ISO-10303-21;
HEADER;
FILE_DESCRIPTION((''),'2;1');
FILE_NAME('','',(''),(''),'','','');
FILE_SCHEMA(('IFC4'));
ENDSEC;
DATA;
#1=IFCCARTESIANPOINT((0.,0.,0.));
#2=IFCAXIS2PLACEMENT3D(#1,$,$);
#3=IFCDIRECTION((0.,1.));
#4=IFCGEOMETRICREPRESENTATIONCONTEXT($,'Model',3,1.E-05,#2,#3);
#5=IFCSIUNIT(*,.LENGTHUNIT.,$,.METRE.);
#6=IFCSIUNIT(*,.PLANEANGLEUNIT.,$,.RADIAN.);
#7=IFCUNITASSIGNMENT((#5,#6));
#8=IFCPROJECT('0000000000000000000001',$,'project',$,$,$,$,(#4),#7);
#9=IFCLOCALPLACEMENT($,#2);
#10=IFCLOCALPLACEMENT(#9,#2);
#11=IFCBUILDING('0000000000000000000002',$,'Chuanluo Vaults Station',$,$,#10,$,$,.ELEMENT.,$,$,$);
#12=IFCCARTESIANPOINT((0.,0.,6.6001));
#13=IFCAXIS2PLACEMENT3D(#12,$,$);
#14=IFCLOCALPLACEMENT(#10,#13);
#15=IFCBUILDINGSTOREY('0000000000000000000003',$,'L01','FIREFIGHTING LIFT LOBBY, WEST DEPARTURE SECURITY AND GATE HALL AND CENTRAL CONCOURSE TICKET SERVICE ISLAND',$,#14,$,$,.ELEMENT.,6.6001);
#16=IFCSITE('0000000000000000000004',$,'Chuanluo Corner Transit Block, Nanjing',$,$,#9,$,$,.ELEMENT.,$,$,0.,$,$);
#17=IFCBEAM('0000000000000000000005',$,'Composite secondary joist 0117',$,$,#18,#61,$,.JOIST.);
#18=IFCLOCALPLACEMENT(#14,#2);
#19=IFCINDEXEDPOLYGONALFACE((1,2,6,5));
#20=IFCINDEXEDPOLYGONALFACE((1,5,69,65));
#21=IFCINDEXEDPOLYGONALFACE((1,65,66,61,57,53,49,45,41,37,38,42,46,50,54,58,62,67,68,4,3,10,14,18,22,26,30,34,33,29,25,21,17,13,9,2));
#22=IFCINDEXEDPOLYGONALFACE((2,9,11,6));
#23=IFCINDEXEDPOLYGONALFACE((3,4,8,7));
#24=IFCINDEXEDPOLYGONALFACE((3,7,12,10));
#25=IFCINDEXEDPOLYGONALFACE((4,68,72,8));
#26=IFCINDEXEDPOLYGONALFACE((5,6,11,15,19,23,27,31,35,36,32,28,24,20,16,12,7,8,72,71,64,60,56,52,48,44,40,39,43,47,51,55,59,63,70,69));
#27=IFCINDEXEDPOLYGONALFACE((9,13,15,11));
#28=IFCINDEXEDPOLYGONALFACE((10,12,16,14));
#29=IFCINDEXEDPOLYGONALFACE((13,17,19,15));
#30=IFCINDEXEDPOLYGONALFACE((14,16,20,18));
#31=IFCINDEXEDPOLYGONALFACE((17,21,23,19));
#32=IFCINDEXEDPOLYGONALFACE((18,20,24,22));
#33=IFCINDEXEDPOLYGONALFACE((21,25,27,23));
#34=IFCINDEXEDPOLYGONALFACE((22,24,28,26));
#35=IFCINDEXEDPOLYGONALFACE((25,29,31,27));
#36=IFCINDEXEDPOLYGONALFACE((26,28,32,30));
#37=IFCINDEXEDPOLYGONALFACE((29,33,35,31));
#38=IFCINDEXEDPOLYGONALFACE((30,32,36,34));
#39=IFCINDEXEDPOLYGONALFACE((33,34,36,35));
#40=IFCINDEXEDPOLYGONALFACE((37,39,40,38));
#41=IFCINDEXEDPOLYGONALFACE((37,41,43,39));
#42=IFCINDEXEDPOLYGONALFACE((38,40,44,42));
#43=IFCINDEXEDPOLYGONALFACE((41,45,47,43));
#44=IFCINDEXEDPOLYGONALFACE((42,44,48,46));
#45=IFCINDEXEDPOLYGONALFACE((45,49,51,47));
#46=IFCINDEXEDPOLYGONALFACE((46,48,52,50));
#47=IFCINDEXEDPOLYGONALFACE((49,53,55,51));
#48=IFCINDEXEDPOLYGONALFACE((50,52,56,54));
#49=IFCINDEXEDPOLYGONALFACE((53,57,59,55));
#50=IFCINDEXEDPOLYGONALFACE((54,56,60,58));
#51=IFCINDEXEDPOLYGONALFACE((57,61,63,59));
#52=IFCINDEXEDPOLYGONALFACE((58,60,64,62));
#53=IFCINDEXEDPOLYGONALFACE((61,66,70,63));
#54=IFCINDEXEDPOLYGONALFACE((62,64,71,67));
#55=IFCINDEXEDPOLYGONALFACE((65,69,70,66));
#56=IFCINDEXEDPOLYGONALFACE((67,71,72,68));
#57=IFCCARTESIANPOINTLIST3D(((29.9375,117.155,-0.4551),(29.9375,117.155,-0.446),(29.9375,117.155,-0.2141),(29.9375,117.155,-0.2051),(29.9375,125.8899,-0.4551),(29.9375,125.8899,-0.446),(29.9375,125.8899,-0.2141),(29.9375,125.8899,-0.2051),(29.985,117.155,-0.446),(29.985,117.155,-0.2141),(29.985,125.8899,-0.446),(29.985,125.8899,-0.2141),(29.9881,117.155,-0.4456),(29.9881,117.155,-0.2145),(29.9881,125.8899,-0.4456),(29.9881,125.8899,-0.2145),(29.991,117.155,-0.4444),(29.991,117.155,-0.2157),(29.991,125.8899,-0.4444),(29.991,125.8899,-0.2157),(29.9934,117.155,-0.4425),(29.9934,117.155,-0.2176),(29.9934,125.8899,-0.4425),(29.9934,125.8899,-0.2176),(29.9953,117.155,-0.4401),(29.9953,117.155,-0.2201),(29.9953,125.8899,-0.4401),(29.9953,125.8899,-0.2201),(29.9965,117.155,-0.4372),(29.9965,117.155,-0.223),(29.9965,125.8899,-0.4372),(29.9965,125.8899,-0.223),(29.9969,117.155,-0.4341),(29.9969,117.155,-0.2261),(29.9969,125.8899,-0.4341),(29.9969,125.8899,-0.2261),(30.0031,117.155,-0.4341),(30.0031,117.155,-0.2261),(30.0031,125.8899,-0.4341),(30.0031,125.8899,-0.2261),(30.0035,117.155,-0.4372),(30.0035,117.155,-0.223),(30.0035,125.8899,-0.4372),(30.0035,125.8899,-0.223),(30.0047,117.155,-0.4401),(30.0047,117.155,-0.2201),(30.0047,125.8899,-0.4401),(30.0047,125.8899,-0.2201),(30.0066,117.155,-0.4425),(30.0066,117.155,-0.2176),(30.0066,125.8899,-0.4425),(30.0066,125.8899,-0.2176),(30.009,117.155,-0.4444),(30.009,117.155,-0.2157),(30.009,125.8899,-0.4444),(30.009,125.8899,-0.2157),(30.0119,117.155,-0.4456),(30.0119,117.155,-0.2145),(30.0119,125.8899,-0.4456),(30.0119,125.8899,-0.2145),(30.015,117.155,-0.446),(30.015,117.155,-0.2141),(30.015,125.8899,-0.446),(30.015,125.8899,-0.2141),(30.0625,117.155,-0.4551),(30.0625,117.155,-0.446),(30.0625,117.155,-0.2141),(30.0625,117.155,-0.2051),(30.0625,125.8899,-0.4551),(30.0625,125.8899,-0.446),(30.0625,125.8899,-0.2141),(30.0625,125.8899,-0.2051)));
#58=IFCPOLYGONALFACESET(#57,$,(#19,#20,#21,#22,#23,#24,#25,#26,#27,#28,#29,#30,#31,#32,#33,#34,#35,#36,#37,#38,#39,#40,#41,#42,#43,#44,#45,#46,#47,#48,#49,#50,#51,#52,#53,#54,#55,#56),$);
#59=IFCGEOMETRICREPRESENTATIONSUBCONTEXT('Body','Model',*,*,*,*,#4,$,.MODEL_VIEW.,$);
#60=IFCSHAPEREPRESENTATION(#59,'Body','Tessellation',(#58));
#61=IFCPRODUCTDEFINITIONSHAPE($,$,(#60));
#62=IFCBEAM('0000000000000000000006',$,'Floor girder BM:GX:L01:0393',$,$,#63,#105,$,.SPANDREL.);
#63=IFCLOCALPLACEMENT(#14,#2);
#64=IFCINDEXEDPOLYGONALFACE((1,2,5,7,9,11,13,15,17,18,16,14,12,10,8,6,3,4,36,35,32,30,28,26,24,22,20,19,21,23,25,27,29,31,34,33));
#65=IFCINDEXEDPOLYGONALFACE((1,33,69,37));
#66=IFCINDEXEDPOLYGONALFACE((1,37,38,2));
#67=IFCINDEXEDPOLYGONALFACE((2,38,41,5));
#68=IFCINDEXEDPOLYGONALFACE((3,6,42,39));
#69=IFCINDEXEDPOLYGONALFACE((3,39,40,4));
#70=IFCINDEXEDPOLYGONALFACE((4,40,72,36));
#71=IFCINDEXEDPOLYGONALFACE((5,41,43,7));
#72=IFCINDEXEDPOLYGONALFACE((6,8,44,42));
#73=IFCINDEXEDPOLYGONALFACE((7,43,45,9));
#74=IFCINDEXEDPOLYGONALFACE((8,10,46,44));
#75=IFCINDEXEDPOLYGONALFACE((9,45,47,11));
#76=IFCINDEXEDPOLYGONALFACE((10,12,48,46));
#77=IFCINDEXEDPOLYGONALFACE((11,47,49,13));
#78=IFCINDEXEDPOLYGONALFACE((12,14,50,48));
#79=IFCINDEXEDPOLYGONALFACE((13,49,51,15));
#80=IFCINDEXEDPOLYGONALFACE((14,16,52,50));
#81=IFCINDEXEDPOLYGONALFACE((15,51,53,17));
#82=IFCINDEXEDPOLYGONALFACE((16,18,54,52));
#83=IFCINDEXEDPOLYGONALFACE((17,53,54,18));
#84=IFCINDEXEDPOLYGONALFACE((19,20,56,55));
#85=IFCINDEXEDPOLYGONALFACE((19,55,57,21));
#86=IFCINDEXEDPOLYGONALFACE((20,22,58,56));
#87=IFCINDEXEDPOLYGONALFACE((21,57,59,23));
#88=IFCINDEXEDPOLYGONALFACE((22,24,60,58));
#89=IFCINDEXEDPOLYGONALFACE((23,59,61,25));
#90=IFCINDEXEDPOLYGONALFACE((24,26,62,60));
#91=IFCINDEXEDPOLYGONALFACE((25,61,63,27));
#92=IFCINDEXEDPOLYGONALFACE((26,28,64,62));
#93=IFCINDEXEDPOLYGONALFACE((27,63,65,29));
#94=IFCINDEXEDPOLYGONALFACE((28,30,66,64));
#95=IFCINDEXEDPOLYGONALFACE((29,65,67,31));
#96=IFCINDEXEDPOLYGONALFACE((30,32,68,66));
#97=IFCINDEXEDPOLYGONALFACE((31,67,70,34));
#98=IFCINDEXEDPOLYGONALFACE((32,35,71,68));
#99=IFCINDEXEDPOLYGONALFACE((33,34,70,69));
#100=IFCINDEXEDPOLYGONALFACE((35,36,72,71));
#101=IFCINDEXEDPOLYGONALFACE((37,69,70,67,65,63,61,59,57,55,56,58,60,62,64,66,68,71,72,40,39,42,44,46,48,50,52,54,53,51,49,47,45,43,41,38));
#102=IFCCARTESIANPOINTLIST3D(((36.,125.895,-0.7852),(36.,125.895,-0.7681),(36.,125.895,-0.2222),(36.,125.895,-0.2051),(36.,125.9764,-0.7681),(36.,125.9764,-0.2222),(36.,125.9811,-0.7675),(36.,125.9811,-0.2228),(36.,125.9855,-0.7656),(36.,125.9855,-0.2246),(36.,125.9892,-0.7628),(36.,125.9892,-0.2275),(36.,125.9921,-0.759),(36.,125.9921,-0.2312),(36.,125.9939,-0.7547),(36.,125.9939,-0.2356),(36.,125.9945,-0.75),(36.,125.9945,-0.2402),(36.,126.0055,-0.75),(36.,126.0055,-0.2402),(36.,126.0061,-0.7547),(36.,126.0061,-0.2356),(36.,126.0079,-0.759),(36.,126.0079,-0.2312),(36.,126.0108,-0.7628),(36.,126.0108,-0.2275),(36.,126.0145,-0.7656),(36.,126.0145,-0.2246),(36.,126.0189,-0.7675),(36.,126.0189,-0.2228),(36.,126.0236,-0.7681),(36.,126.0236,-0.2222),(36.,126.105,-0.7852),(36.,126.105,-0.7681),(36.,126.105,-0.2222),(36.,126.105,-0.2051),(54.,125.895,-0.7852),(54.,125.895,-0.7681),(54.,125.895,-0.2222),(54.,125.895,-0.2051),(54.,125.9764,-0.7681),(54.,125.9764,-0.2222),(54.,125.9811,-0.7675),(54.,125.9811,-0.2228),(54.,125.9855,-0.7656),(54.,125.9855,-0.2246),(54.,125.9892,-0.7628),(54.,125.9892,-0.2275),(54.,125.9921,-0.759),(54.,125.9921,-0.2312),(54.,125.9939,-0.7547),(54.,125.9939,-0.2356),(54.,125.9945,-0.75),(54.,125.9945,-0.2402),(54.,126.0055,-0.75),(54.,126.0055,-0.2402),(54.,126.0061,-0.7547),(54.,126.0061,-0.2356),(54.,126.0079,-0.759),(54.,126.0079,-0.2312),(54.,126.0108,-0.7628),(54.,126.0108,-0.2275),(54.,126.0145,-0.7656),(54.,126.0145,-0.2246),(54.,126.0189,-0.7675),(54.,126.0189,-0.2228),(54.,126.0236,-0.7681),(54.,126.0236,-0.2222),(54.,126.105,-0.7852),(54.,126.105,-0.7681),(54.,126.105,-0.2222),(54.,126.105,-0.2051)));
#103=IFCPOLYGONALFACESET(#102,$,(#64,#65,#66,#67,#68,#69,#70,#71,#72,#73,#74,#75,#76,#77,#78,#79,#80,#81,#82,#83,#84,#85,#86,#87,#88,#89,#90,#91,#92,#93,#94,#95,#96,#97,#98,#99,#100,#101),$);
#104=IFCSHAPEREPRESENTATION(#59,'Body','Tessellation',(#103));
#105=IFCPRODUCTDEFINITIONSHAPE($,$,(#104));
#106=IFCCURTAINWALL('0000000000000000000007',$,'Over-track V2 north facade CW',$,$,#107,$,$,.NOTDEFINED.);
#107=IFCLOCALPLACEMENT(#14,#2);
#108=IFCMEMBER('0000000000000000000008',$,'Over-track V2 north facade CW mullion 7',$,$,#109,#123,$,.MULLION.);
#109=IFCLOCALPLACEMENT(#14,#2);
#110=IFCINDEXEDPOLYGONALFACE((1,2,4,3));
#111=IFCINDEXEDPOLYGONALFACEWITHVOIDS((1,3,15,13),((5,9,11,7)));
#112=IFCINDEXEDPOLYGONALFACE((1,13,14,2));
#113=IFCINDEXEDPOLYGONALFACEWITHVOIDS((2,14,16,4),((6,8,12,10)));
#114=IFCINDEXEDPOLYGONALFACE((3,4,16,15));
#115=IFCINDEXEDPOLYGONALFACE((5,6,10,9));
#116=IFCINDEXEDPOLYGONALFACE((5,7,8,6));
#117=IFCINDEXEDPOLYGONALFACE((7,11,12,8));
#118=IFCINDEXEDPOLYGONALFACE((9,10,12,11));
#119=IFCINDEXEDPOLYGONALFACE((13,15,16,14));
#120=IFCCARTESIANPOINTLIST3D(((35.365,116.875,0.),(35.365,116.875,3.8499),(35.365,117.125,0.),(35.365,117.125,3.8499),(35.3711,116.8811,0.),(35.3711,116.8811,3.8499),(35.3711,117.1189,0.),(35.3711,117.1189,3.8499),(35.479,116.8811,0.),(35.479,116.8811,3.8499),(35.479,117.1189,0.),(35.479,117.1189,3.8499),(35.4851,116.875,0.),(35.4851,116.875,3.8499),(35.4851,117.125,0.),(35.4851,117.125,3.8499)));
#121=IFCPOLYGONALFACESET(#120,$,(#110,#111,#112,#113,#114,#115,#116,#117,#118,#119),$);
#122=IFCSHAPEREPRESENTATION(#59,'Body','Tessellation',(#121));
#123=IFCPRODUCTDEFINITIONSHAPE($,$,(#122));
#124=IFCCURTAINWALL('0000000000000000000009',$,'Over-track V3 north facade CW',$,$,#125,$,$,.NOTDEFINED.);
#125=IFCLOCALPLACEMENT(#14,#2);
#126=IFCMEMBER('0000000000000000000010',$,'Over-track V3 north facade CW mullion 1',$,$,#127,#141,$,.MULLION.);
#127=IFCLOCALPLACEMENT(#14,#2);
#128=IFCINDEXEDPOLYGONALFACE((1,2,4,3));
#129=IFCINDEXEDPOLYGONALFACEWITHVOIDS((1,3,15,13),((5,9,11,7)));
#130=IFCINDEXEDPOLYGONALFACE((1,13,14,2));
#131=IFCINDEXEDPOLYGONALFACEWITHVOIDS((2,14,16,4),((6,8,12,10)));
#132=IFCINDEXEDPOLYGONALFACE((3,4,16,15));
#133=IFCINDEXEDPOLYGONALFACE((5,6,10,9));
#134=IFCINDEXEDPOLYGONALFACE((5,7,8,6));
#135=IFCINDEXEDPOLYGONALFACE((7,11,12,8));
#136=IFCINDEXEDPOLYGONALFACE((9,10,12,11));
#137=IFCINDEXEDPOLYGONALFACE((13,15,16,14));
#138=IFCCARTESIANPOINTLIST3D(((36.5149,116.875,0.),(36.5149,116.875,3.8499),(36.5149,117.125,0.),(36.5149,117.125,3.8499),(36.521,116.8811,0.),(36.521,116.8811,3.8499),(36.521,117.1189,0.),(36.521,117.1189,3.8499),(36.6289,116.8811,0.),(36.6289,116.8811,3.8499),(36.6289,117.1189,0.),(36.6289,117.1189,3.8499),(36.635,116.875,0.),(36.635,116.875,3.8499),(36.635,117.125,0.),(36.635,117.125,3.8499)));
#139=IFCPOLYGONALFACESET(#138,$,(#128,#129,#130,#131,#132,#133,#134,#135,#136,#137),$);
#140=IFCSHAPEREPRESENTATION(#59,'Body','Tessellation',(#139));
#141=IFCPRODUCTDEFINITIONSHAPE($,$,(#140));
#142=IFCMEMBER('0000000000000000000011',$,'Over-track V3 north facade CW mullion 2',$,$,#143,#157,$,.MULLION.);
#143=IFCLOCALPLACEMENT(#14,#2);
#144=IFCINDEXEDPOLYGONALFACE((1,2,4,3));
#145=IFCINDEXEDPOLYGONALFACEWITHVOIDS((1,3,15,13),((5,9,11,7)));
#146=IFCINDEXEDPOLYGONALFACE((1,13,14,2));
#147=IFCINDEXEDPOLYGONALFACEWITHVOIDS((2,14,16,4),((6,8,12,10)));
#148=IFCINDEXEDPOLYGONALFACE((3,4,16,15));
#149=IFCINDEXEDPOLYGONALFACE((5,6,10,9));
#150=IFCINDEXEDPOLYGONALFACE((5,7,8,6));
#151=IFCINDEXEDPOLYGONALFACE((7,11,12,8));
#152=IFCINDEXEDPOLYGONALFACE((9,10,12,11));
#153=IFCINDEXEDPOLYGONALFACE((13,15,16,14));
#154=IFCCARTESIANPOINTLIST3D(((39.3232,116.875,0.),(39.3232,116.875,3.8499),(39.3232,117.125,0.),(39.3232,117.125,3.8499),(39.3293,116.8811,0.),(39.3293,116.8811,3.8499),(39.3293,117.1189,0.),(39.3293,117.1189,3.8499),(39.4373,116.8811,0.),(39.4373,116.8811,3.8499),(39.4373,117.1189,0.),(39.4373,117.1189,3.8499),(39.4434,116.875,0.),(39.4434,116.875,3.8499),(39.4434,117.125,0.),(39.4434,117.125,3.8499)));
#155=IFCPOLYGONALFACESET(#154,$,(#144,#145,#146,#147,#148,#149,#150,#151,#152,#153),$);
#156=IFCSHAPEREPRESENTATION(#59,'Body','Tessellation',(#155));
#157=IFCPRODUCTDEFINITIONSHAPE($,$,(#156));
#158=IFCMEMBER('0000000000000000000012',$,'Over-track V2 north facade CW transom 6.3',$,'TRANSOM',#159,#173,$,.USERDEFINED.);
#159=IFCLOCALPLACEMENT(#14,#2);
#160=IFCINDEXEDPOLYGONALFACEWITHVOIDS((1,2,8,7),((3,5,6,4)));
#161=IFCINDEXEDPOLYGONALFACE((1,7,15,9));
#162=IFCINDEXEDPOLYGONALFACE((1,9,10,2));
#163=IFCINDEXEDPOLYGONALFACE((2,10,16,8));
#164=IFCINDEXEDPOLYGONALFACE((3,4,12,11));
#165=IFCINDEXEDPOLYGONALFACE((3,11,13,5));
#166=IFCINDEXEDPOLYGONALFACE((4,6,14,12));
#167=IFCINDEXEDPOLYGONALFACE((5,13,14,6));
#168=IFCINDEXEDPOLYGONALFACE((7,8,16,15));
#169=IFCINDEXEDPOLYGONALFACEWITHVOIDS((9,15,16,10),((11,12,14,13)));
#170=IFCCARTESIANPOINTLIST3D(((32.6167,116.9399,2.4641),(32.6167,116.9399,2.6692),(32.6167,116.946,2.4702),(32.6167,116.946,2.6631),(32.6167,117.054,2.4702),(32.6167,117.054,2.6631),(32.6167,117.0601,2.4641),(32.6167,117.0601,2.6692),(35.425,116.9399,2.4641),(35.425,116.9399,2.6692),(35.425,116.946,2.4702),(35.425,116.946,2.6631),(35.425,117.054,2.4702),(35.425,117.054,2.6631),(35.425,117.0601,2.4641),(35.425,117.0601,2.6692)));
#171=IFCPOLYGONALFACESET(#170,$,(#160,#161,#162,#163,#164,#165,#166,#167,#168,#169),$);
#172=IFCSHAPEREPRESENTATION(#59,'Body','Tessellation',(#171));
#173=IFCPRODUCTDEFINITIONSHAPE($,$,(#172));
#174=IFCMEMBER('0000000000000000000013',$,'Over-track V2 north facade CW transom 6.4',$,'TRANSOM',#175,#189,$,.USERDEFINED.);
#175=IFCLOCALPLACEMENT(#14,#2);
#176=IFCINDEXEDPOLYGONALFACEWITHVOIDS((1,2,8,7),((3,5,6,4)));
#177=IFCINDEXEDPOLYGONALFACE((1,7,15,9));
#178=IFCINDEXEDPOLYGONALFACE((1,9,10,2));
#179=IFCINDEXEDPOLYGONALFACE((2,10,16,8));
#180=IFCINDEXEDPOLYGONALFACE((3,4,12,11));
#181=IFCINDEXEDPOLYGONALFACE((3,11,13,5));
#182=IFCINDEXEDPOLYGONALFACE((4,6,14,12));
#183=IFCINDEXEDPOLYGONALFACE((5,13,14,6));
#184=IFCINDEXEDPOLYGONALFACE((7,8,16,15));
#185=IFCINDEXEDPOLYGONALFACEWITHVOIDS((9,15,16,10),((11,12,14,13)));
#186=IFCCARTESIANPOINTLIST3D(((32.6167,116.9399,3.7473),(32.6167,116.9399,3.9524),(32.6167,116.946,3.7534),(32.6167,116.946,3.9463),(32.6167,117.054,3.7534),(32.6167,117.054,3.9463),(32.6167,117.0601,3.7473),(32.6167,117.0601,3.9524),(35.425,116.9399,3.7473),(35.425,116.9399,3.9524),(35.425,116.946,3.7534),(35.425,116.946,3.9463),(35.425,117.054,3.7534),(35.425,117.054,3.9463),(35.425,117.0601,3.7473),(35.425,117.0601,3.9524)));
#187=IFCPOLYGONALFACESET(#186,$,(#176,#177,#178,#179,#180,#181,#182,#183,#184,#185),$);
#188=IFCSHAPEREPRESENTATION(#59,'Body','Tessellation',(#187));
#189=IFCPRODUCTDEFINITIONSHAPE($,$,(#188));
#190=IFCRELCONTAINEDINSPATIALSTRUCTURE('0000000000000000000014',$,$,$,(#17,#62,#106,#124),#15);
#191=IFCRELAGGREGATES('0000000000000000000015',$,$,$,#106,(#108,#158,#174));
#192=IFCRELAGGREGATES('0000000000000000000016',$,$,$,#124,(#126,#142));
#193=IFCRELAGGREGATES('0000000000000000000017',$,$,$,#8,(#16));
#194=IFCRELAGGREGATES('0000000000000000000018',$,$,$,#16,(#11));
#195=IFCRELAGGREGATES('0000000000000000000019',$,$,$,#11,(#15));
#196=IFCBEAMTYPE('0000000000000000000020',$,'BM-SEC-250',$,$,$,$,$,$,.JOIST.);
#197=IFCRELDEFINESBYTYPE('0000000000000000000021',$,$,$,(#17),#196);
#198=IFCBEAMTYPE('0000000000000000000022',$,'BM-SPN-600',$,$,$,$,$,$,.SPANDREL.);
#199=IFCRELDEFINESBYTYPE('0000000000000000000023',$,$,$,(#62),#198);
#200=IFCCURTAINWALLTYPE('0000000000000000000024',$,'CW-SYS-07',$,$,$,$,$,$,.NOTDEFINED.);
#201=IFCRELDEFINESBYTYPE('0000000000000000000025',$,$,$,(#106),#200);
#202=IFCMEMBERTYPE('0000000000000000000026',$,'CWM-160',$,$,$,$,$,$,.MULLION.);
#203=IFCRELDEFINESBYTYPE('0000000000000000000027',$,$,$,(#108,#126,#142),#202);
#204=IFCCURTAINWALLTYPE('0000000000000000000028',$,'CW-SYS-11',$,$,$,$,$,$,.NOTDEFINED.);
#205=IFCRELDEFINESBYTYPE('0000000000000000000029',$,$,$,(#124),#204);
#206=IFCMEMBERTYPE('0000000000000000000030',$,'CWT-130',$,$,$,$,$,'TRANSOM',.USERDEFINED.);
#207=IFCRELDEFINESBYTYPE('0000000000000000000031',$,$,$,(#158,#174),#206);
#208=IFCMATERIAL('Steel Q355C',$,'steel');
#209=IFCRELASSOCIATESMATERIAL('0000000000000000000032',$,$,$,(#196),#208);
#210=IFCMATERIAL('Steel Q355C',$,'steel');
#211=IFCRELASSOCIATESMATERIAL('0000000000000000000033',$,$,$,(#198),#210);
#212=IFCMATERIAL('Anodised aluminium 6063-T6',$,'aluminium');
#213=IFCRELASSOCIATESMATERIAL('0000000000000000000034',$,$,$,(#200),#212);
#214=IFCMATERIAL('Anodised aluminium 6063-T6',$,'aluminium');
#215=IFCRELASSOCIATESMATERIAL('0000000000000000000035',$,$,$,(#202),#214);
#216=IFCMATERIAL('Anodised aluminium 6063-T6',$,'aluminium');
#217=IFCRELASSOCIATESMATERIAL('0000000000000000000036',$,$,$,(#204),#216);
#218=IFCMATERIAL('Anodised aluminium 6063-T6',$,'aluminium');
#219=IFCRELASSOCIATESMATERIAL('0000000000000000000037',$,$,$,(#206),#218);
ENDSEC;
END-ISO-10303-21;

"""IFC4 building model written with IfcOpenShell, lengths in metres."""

from ifc_helpers import new_model, si_unit, direction, frame, origin, origin_2d, place, context, subcontext, project, spatial, hollow_rectangle, i_section, extrude, material, material_profile, profile_set, type_object, element, aggregate, save


model = new_model("IFC4")

# Units and contexts
model_context = context("Model", 3, precision=1e-05, world=origin(), true_north=direction((0.0, 1.0)))
body_context = subcontext(model_context, "Body", "Model", "MODEL_VIEW")
ifc_project = project(units=[si_unit("LENGTHUNIT", "METRE"), si_unit("PLANEANGLEUNIT", "RADIAN")], contexts=[model_context])

# Site, building, storey
site_placement = place(None, origin())
site = spatial("IfcSite", under=ifc_project, at=site_placement, Name="Chuanluo Corner Transit Block, Nanjing", CompositionType="ELEMENT", RefElevation=0.0)
building_placement = place(site_placement, origin())
building = spatial("IfcBuilding", under=site, at=building_placement, Name="Chuanluo Vaults Station", CompositionType="ELEMENT")
storey_placement = place(building_placement, frame((0.0, 0.0, 6.6001)))
storey = spatial("IfcBuildingStorey", under=building, at=storey_placement, Name="L01", Description="FIREFIGHTING LIFT LOBBY, WEST DEPARTURE SECURITY AND GATE HALL AND CENTRAL CONCOURSE TICKET SERVICE ISLAND", CompositionType="ELEMENT", Elevation=6.6001)

# Beams
ifc_material_1 = material(Name="Steel Q355C", Category="steel")
ifc_material_profile_1 = material_profile(ifc_material_1, i_section(OverallWidth=0.125, OverallDepth=0.25, WebThickness=0.0061, FlangeThickness=0.009, FilletRadius=0.012, at=origin_2d()))
ifc_profile_set_1 = profile_set([ifc_material_profile_1], Name="Steel Q355C")
beam_type_1 = type_object("IfcBeamType", Name="BM-SEC-250", PredefinedType="JOIST", material=ifc_profile_set_1)
for number, where, z_axis, x_axis, name in (
    (1, (30.0, 117.155, -0.3301), (0.0, 1.0, 0.0), (-1.0, 0.0, 0.0), "Composite secondary joist 0117"),
):
    element("IfcBeam", number, at=place(storey_placement, frame(where, z_axis=z_axis, x_axis=x_axis)), inside=storey, type_object=beam_type_1, Name=name, PredefinedType="JOIST", context=body_context, shape_type="SweptSolid", body=[
        extrude(i_section(OverallWidth=0.125, OverallDepth=0.25, WebThickness=0.0061, FlangeThickness=0.009, FilletRadius=0.012, at=origin_2d()), origin(), (0.0, 0.0, 1.0), 8.7349),
    ])
ifc_material_2 = material(Name="Steel Q355C", Category="steel")
ifc_material_profile_2 = material_profile(ifc_material_2, i_section(OverallWidth=0.21, OverallDepth=0.5801, WebThickness=0.011, FlangeThickness=0.0171, FilletRadius=0.0181, at=origin_2d()))
ifc_profile_set_2 = profile_set([ifc_material_profile_2], Name="Steel Q355C")
beam_type_2 = type_object("IfcBeamType", Name="BM-SPN-600", PredefinedType="SPANDREL", material=ifc_profile_set_2)
beam_1_placement = place(storey_placement, frame((36.0, 126.0, -0.4951), z_axis=(1.0, 0.0, 0.0), x_axis=(0.0, 1.0, 0.0)))
element("IfcBeam", 2, at=beam_1_placement, inside=storey, type_object=beam_type_2, Name="Floor girder BM:GX:L01:0393", PredefinedType="SPANDREL", context=body_context, shape_type="SweptSolid", body=[
    extrude(i_section(OverallWidth=0.21, OverallDepth=0.5801, WebThickness=0.011, FlangeThickness=0.0171, FilletRadius=0.0181, at=origin_2d()), origin(), (0.0, 0.0, 1.0), 18.0),
])

# Curtain wall, member
ifc_material_3 = material(Name="Anodised aluminium 6063-T6", Category="aluminium")
curtain_wall_type_1 = type_object("IfcCurtainWallType", Name="CW-SYS-07", PredefinedType="NOTDEFINED", material=ifc_material_3)
curtain_wall_1_placement = place(storey_placement, origin())
curtain_wall_1 = element("IfcCurtainWall", 3, at=curtain_wall_1_placement, inside=storey, type_object=curtain_wall_type_1, Name="Over-track V2 north facade CW", PredefinedType="NOTDEFINED")
ifc_material_4 = material(Name="Anodised aluminium 6063-T6", Category="aluminium")
ifc_material_profile_3 = material_profile(ifc_material_4, hollow_rectangle(XDim=0.1201, YDim=0.25, WallThickness=0.0061, at=origin_2d()))
ifc_profile_set_3 = profile_set([ifc_material_profile_3], Name="Anodised aluminium 6063-T6")
member_type_1 = type_object("IfcMemberType", Name="CWM-160", PredefinedType="MULLION", material=ifc_profile_set_3)
member_1_placement = place(storey_placement, frame((35.425, 117.0, 0.0), z_axis=(0.0, 0.0, 1.0), x_axis=(1.0, 0.0, 0.0)))
member_1 = element("IfcMember", 4, at=member_1_placement, type_object=member_type_1, Name="Over-track V2 north facade CW mullion 7", PredefinedType="MULLION", context=body_context, shape_type="SweptSolid", body=[
    extrude(hollow_rectangle(XDim=0.1201, YDim=0.25, WallThickness=0.0061, at=origin_2d()), origin(), (0.0, 0.0, 1.0), 3.8499),
])

# Curtain wall, members
ifc_material_5 = material(Name="Anodised aluminium 6063-T6", Category="aluminium")
curtain_wall_type_2 = type_object("IfcCurtainWallType", Name="CW-SYS-11", PredefinedType="NOTDEFINED", material=ifc_material_5)
curtain_wall_2_placement = place(storey_placement, origin())
curtain_wall_2 = element("IfcCurtainWall", 5, at=curtain_wall_2_placement, inside=storey, type_object=curtain_wall_type_2, Name="Over-track V3 north facade CW", PredefinedType="NOTDEFINED")
member_2_placement = place(storey_placement, frame((36.575, 117.0, 0.0), z_axis=(0.0, 0.0, 1.0), x_axis=(1.0, 0.0, 0.0)))
member_2 = element("IfcMember", 6, at=member_2_placement, type_object=member_type_1, Name="Over-track V3 north facade CW mullion 1", PredefinedType="MULLION", context=body_context, shape_type="SweptSolid", body=[
    extrude(hollow_rectangle(XDim=0.1201, YDim=0.25, WallThickness=0.0061, at=origin_2d()), origin(), (0.0, 0.0, 1.0), 3.8499),
])
member_3_placement = place(storey_placement, frame((39.3833, 117.0, 0.0), z_axis=(0.0, 0.0, 1.0), x_axis=(1.0, 0.0, 0.0)))
member_3 = element("IfcMember", 7, at=member_3_placement, type_object=member_type_1, Name="Over-track V3 north facade CW mullion 2", PredefinedType="MULLION", context=body_context, shape_type="SweptSolid", body=[
    extrude(hollow_rectangle(XDim=0.1201, YDim=0.25, WallThickness=0.0061, at=origin_2d()), origin(), (0.0, 0.0, 1.0), 3.8499),
])

# Members
ifc_material_6 = material(Name="Anodised aluminium 6063-T6", Category="aluminium")
ifc_material_profile_4 = material_profile(ifc_material_6, hollow_rectangle(XDim=0.1201, YDim=0.2051, WallThickness=0.0061, at=origin_2d()))
ifc_profile_set_4 = profile_set([ifc_material_profile_4], Name="Anodised aluminium 6063-T6")
member_type_2 = type_object("IfcMemberType", Name="CWT-130", ElementType="TRANSOM", PredefinedType="USERDEFINED", material=ifc_profile_set_4)
member_4_placement = place(storey_placement, frame((32.6167, 117.0, 2.5667), z_axis=(1.0, 0.0, 0.0), x_axis=(0.0, 1.0, 0.0)))
member_4 = element("IfcMember", 8, at=member_4_placement, type_object=member_type_2, Name="Over-track V2 north facade CW transom 6.3", ObjectType="TRANSOM", PredefinedType="USERDEFINED", context=body_context, shape_type="SweptSolid", body=[
    extrude(hollow_rectangle(XDim=0.1201, YDim=0.2051, WallThickness=0.0061, at=origin_2d()), origin(), (0.0, 0.0, 1.0), 2.8083),
])
member_5_placement = place(storey_placement, frame((32.6167, 117.0, 3.8499), z_axis=(1.0, 0.0, 0.0), x_axis=(0.0, 1.0, 0.0)))
member_5 = element("IfcMember", 9, at=member_5_placement, type_object=member_type_2, Name="Over-track V2 north facade CW transom 6.4", ObjectType="TRANSOM", PredefinedType="USERDEFINED", context=body_context, shape_type="SweptSolid", body=[
    extrude(hollow_rectangle(XDim=0.1201, YDim=0.2051, WallThickness=0.0061, at=origin_2d()), origin(), (0.0, 0.0, 1.0), 2.8083),
])

aggregate(curtain_wall_1, [member_1, member_4, member_5])
aggregate(curtain_wall_2, [member_2, member_3])

save(model, "model.ifc")
